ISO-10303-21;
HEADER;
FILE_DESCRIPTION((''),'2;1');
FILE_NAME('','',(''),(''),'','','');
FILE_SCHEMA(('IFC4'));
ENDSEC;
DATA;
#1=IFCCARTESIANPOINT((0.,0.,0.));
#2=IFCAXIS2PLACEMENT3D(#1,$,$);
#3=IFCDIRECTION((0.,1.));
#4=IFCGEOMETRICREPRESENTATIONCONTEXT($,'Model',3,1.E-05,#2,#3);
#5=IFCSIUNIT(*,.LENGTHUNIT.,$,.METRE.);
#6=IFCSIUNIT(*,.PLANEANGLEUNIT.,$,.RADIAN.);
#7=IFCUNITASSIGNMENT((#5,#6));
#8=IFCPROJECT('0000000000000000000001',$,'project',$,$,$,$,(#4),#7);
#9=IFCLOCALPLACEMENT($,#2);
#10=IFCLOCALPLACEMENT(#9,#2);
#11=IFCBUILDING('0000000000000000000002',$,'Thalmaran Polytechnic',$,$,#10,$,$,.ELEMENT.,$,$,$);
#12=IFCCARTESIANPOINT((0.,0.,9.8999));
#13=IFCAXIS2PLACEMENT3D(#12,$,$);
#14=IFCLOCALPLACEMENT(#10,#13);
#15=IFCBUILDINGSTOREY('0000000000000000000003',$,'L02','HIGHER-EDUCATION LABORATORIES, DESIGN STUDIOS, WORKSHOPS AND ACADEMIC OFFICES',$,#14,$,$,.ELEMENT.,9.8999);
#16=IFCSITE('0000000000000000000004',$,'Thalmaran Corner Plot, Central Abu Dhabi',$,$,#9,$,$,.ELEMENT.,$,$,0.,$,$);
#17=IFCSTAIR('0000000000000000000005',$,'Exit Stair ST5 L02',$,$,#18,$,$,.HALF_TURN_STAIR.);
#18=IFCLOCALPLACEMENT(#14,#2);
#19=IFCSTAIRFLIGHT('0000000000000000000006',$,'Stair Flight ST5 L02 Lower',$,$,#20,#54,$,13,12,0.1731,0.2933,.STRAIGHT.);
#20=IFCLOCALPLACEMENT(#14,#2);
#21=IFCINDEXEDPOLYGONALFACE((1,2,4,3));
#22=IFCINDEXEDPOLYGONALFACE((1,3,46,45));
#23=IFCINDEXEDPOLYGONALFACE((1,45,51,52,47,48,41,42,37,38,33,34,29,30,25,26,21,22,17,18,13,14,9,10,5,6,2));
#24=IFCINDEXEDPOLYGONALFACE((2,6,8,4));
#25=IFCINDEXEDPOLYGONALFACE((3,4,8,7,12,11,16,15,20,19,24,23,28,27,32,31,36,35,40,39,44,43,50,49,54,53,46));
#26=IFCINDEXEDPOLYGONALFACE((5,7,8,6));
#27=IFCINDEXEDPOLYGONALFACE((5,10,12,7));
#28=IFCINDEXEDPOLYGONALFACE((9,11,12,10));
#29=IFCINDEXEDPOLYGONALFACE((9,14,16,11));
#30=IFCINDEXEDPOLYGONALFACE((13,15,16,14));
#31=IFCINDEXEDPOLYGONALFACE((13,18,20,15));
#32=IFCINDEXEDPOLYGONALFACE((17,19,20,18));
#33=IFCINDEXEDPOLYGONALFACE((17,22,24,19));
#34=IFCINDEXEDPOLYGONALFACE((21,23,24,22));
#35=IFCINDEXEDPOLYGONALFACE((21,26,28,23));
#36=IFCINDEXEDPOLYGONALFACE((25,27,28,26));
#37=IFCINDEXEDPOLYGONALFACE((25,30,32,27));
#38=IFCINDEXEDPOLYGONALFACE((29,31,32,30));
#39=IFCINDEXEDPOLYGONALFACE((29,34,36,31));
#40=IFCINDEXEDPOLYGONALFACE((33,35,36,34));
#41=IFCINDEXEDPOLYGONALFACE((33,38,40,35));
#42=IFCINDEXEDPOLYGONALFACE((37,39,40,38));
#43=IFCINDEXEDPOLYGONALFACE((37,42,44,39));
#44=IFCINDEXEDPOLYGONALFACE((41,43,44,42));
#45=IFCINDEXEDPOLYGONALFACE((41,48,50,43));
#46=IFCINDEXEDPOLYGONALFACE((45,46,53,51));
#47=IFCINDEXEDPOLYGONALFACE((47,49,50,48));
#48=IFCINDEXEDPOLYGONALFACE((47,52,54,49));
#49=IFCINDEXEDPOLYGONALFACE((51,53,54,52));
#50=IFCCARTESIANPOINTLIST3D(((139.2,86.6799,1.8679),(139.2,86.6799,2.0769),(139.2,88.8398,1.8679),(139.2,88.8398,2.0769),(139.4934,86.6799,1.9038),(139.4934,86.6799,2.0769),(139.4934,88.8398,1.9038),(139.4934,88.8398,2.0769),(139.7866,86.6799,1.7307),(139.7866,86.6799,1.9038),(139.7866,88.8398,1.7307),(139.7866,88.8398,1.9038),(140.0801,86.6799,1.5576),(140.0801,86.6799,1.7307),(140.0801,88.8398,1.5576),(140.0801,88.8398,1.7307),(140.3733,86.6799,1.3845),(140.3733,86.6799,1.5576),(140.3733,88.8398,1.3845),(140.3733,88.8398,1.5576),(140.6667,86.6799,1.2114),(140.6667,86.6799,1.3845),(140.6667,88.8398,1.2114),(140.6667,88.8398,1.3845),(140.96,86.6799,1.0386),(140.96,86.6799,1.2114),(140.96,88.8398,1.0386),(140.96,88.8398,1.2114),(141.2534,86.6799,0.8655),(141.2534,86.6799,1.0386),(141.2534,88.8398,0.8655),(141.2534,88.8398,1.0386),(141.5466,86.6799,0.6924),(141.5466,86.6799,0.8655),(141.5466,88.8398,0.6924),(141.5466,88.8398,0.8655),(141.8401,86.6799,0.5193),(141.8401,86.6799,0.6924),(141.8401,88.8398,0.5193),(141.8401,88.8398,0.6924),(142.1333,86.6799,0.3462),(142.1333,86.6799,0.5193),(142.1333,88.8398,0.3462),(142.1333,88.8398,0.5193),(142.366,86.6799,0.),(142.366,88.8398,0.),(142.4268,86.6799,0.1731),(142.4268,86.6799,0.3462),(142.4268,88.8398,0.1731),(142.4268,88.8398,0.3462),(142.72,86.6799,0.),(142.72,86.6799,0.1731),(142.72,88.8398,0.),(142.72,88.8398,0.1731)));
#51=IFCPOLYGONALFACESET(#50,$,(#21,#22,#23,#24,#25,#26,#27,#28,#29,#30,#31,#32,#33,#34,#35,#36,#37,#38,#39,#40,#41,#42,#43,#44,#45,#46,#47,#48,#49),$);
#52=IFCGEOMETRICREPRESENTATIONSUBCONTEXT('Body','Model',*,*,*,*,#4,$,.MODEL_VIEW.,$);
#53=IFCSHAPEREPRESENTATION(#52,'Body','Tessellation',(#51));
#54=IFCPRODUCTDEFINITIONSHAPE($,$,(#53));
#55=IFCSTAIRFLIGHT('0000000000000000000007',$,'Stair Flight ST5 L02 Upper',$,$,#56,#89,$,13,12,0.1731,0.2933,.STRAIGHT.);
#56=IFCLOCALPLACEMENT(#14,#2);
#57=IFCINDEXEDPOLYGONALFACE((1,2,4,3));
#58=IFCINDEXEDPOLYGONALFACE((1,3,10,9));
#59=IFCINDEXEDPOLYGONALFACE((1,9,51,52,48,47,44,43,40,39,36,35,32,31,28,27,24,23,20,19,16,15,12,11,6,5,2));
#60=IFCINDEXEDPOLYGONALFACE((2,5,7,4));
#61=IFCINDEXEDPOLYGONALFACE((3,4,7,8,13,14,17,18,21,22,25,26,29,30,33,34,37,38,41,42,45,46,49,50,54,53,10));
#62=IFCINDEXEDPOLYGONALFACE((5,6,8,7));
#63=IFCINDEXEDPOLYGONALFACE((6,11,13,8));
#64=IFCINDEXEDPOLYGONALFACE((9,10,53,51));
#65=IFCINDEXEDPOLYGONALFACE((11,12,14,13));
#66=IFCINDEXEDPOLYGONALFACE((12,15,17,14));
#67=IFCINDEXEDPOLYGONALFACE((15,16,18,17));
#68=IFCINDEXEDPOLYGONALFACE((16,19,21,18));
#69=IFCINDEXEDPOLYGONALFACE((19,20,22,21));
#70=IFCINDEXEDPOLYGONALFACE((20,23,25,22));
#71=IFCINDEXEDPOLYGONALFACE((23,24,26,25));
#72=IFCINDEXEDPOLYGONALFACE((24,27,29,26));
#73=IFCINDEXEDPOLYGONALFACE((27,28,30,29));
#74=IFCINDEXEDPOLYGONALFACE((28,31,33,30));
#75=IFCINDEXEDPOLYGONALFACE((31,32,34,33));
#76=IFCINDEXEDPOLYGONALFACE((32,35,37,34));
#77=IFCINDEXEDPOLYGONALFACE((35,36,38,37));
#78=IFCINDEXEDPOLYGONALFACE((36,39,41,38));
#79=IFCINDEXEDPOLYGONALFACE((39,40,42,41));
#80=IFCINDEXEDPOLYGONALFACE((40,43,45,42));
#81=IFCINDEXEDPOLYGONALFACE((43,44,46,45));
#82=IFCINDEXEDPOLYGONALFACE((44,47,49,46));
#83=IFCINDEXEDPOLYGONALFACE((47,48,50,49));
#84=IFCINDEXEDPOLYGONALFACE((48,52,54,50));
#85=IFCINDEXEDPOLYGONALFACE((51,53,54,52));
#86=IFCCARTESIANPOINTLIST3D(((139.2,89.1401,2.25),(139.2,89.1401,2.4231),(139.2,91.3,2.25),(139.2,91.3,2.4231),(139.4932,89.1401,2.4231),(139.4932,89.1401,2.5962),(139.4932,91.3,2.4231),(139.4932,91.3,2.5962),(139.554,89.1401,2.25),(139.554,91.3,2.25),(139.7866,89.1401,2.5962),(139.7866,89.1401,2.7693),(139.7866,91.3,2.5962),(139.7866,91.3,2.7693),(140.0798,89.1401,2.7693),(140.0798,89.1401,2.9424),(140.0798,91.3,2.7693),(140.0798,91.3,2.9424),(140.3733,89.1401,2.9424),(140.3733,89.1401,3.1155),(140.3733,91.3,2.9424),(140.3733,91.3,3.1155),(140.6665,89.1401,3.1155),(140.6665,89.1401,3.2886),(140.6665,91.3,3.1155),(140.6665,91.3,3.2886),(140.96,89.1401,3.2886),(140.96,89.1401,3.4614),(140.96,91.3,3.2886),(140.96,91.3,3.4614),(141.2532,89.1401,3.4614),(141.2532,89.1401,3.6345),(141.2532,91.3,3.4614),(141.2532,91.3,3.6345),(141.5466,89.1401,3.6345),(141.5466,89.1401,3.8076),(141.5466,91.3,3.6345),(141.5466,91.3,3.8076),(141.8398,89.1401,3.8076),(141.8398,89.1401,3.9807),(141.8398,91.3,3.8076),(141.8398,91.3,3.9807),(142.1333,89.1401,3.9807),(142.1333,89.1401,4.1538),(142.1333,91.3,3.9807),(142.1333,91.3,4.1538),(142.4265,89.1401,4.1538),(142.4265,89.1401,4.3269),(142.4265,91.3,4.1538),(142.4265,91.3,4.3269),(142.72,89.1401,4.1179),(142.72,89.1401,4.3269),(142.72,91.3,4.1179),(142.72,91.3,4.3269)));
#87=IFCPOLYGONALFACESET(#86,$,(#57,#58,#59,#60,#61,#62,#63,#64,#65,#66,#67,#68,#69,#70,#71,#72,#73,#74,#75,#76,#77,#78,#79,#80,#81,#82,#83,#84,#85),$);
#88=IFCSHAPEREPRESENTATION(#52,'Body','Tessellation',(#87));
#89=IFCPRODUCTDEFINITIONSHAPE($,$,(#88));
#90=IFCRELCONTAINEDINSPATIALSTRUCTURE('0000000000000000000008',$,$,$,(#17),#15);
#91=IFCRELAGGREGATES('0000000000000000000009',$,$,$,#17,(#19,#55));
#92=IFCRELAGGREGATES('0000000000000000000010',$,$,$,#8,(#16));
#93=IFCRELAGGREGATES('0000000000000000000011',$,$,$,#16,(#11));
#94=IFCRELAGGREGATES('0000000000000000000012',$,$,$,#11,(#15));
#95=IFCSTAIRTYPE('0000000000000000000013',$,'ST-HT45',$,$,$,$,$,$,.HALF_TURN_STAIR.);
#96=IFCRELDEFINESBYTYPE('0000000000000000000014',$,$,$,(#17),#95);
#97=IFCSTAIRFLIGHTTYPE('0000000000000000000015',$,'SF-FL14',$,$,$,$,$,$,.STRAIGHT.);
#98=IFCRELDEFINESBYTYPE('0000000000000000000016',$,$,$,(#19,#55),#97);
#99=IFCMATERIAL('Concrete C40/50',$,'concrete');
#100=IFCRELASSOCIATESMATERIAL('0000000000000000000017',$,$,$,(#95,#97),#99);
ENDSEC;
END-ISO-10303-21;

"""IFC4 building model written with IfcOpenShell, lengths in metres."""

from ifc_helpers import new_model, si_unit, direction, frame, origin, place, context, subcontext, project, spatial, polyline, outline, extrude, material, type_object, element, aggregate, save


model = new_model("IFC4")

# Units and contexts
model_context = context("Model", 3, precision=1e-05, world=origin(), true_north=direction((0.0, 1.0)))
body_context = subcontext(model_context, "Body", "Model", "MODEL_VIEW")
ifc_project = project(units=[si_unit("LENGTHUNIT", "METRE"), si_unit("PLANEANGLEUNIT", "RADIAN")], contexts=[model_context])

# Site, building, storey
site_placement = place(None, origin())
site = spatial("IfcSite", under=ifc_project, at=site_placement, Name="Thalmaran Corner Plot, Central Abu Dhabi", CompositionType="ELEMENT", RefElevation=0.0)
building_placement = place(site_placement, origin())
building = spatial("IfcBuilding", under=site, at=building_placement, Name="Thalmaran Polytechnic", CompositionType="ELEMENT")
storey_placement = place(building_placement, frame((0.0, 0.0, 9.8999)))
storey = spatial("IfcBuildingStorey", under=building, at=storey_placement, Name="L02", Description="HIGHER-EDUCATION LABORATORIES, DESIGN STUDIOS, WORKSHOPS AND ACADEMIC OFFICES", CompositionType="ELEMENT", Elevation=9.8999)

# Shared definitions
ifc_material_1 = material(Name="Concrete C40/50", Category="concrete")

# Stair, stair flights
stair_type = type_object("IfcStairType", Name="ST-HT45", PredefinedType="HALF_TURN_STAIR", material=ifc_material_1)
stair_placement = place(storey_placement, origin())
stair = element("IfcStair", 1, at=stair_placement, inside=storey, type_object=stair_type, Name="Exit Stair ST5 L02", PredefinedType="HALF_TURN_STAIR")
stair_flight_type = type_object("IfcStairFlightType", Name="SF-FL14", PredefinedType="STRAIGHT", material=ifc_material_1)
stair_flight_1_placement = place(storey_placement, frame((142.72, 87.76, 0.0), z_axis=(0.0, 0.0, 1.0), x_axis=(-1.0, 0.0, 0.0)))
stair_flight_1 = element("IfcStairFlight", 2, at=stair_flight_1_placement, type_object=stair_flight_type, Name="Stair Flight ST5 L02 Lower", NumberOfRisers=13, NumberOfTreads=12, PredefinedType="STRAIGHT", RiserHeight=0.1731, TreadLength=0.2933, context=body_context, shape_type="SweptSolid", body=[
    extrude(outline(polyline([(0.0, 0.0), (0.0, 0.1731), (0.2932, 0.1731), (0.2932, 0.3462), (0.5867, 0.3462), (0.5867, 0.5193), (0.8799, 0.5193), (0.8799, 0.6924), (1.1733, 0.6924), (1.1733, 0.8655), (1.4666, 0.8655), (1.4666, 1.0386), (1.76, 1.0386), (1.76, 1.2114), (2.0532, 1.2114), (2.0532, 1.3845), (2.3467, 1.3845), (2.3467, 1.5576), (2.6399, 1.5576), (2.6399, 1.7307), (2.9333, 1.7307), (2.9333, 1.9038), (3.2266, 1.9038), (3.2266, 2.0769), (3.52, 2.0769), (3.52, 2.25), (3.52, 1.8679), (0.354, 0.0), (0.0, 0.0)])), frame((0.0, 1.0801, 0.0), z_axis=(0.0, -1.0, 0.0), x_axis=(1.0, 0.0, 0.0)), (0.0, 0.0, 1.0), 2.1599),
])
stair_flight_2_placement = place(storey_placement, frame((139.2, 90.22, 2.25), z_axis=(0.0, 0.0, 1.0), x_axis=(1.0, 0.0, 0.0)))
stair_flight_2 = element("IfcStairFlight", 3, at=stair_flight_2_placement, type_object=stair_flight_type, Name="Stair Flight ST5 L02 Upper", NumberOfRisers=13, NumberOfTreads=12, PredefinedType="STRAIGHT", RiserHeight=0.1731, TreadLength=0.2933, context=body_context, shape_type="SweptSolid", body=[
    extrude(outline(polyline([(0.0, 0.0), (0.0, 0.1731), (0.2932, 0.1731), (0.2932, 0.3462), (0.5867, 0.3462), (0.5867, 0.5193), (0.8799, 0.5193), (0.8799, 0.6924), (1.1733, 0.6924), (1.1733, 0.8655), (1.4666, 0.8655), (1.4666, 1.0386), (1.76, 1.0386), (1.76, 1.2114), (2.0532, 1.2114), (2.0532, 1.3845), (2.3467, 1.3845), (2.3467, 1.5576), (2.6399, 1.5576), (2.6399, 1.7307), (2.9333, 1.7307), (2.9333, 1.9038), (3.2266, 1.9038), (3.2266, 2.0769), (3.52, 2.0769), (3.52, 2.25), (3.52, 1.8679), (0.354, 0.0), (0.0, 0.0)])), frame((0.0, 1.0801, 0.0), z_axis=(0.0, -1.0, 0.0), x_axis=(1.0, 0.0, 0.0)), (0.0, 0.0, 1.0), 2.1599),
])
aggregate(stair, [stair_flight_1, stair_flight_2])

save(model, "model.ifc")
